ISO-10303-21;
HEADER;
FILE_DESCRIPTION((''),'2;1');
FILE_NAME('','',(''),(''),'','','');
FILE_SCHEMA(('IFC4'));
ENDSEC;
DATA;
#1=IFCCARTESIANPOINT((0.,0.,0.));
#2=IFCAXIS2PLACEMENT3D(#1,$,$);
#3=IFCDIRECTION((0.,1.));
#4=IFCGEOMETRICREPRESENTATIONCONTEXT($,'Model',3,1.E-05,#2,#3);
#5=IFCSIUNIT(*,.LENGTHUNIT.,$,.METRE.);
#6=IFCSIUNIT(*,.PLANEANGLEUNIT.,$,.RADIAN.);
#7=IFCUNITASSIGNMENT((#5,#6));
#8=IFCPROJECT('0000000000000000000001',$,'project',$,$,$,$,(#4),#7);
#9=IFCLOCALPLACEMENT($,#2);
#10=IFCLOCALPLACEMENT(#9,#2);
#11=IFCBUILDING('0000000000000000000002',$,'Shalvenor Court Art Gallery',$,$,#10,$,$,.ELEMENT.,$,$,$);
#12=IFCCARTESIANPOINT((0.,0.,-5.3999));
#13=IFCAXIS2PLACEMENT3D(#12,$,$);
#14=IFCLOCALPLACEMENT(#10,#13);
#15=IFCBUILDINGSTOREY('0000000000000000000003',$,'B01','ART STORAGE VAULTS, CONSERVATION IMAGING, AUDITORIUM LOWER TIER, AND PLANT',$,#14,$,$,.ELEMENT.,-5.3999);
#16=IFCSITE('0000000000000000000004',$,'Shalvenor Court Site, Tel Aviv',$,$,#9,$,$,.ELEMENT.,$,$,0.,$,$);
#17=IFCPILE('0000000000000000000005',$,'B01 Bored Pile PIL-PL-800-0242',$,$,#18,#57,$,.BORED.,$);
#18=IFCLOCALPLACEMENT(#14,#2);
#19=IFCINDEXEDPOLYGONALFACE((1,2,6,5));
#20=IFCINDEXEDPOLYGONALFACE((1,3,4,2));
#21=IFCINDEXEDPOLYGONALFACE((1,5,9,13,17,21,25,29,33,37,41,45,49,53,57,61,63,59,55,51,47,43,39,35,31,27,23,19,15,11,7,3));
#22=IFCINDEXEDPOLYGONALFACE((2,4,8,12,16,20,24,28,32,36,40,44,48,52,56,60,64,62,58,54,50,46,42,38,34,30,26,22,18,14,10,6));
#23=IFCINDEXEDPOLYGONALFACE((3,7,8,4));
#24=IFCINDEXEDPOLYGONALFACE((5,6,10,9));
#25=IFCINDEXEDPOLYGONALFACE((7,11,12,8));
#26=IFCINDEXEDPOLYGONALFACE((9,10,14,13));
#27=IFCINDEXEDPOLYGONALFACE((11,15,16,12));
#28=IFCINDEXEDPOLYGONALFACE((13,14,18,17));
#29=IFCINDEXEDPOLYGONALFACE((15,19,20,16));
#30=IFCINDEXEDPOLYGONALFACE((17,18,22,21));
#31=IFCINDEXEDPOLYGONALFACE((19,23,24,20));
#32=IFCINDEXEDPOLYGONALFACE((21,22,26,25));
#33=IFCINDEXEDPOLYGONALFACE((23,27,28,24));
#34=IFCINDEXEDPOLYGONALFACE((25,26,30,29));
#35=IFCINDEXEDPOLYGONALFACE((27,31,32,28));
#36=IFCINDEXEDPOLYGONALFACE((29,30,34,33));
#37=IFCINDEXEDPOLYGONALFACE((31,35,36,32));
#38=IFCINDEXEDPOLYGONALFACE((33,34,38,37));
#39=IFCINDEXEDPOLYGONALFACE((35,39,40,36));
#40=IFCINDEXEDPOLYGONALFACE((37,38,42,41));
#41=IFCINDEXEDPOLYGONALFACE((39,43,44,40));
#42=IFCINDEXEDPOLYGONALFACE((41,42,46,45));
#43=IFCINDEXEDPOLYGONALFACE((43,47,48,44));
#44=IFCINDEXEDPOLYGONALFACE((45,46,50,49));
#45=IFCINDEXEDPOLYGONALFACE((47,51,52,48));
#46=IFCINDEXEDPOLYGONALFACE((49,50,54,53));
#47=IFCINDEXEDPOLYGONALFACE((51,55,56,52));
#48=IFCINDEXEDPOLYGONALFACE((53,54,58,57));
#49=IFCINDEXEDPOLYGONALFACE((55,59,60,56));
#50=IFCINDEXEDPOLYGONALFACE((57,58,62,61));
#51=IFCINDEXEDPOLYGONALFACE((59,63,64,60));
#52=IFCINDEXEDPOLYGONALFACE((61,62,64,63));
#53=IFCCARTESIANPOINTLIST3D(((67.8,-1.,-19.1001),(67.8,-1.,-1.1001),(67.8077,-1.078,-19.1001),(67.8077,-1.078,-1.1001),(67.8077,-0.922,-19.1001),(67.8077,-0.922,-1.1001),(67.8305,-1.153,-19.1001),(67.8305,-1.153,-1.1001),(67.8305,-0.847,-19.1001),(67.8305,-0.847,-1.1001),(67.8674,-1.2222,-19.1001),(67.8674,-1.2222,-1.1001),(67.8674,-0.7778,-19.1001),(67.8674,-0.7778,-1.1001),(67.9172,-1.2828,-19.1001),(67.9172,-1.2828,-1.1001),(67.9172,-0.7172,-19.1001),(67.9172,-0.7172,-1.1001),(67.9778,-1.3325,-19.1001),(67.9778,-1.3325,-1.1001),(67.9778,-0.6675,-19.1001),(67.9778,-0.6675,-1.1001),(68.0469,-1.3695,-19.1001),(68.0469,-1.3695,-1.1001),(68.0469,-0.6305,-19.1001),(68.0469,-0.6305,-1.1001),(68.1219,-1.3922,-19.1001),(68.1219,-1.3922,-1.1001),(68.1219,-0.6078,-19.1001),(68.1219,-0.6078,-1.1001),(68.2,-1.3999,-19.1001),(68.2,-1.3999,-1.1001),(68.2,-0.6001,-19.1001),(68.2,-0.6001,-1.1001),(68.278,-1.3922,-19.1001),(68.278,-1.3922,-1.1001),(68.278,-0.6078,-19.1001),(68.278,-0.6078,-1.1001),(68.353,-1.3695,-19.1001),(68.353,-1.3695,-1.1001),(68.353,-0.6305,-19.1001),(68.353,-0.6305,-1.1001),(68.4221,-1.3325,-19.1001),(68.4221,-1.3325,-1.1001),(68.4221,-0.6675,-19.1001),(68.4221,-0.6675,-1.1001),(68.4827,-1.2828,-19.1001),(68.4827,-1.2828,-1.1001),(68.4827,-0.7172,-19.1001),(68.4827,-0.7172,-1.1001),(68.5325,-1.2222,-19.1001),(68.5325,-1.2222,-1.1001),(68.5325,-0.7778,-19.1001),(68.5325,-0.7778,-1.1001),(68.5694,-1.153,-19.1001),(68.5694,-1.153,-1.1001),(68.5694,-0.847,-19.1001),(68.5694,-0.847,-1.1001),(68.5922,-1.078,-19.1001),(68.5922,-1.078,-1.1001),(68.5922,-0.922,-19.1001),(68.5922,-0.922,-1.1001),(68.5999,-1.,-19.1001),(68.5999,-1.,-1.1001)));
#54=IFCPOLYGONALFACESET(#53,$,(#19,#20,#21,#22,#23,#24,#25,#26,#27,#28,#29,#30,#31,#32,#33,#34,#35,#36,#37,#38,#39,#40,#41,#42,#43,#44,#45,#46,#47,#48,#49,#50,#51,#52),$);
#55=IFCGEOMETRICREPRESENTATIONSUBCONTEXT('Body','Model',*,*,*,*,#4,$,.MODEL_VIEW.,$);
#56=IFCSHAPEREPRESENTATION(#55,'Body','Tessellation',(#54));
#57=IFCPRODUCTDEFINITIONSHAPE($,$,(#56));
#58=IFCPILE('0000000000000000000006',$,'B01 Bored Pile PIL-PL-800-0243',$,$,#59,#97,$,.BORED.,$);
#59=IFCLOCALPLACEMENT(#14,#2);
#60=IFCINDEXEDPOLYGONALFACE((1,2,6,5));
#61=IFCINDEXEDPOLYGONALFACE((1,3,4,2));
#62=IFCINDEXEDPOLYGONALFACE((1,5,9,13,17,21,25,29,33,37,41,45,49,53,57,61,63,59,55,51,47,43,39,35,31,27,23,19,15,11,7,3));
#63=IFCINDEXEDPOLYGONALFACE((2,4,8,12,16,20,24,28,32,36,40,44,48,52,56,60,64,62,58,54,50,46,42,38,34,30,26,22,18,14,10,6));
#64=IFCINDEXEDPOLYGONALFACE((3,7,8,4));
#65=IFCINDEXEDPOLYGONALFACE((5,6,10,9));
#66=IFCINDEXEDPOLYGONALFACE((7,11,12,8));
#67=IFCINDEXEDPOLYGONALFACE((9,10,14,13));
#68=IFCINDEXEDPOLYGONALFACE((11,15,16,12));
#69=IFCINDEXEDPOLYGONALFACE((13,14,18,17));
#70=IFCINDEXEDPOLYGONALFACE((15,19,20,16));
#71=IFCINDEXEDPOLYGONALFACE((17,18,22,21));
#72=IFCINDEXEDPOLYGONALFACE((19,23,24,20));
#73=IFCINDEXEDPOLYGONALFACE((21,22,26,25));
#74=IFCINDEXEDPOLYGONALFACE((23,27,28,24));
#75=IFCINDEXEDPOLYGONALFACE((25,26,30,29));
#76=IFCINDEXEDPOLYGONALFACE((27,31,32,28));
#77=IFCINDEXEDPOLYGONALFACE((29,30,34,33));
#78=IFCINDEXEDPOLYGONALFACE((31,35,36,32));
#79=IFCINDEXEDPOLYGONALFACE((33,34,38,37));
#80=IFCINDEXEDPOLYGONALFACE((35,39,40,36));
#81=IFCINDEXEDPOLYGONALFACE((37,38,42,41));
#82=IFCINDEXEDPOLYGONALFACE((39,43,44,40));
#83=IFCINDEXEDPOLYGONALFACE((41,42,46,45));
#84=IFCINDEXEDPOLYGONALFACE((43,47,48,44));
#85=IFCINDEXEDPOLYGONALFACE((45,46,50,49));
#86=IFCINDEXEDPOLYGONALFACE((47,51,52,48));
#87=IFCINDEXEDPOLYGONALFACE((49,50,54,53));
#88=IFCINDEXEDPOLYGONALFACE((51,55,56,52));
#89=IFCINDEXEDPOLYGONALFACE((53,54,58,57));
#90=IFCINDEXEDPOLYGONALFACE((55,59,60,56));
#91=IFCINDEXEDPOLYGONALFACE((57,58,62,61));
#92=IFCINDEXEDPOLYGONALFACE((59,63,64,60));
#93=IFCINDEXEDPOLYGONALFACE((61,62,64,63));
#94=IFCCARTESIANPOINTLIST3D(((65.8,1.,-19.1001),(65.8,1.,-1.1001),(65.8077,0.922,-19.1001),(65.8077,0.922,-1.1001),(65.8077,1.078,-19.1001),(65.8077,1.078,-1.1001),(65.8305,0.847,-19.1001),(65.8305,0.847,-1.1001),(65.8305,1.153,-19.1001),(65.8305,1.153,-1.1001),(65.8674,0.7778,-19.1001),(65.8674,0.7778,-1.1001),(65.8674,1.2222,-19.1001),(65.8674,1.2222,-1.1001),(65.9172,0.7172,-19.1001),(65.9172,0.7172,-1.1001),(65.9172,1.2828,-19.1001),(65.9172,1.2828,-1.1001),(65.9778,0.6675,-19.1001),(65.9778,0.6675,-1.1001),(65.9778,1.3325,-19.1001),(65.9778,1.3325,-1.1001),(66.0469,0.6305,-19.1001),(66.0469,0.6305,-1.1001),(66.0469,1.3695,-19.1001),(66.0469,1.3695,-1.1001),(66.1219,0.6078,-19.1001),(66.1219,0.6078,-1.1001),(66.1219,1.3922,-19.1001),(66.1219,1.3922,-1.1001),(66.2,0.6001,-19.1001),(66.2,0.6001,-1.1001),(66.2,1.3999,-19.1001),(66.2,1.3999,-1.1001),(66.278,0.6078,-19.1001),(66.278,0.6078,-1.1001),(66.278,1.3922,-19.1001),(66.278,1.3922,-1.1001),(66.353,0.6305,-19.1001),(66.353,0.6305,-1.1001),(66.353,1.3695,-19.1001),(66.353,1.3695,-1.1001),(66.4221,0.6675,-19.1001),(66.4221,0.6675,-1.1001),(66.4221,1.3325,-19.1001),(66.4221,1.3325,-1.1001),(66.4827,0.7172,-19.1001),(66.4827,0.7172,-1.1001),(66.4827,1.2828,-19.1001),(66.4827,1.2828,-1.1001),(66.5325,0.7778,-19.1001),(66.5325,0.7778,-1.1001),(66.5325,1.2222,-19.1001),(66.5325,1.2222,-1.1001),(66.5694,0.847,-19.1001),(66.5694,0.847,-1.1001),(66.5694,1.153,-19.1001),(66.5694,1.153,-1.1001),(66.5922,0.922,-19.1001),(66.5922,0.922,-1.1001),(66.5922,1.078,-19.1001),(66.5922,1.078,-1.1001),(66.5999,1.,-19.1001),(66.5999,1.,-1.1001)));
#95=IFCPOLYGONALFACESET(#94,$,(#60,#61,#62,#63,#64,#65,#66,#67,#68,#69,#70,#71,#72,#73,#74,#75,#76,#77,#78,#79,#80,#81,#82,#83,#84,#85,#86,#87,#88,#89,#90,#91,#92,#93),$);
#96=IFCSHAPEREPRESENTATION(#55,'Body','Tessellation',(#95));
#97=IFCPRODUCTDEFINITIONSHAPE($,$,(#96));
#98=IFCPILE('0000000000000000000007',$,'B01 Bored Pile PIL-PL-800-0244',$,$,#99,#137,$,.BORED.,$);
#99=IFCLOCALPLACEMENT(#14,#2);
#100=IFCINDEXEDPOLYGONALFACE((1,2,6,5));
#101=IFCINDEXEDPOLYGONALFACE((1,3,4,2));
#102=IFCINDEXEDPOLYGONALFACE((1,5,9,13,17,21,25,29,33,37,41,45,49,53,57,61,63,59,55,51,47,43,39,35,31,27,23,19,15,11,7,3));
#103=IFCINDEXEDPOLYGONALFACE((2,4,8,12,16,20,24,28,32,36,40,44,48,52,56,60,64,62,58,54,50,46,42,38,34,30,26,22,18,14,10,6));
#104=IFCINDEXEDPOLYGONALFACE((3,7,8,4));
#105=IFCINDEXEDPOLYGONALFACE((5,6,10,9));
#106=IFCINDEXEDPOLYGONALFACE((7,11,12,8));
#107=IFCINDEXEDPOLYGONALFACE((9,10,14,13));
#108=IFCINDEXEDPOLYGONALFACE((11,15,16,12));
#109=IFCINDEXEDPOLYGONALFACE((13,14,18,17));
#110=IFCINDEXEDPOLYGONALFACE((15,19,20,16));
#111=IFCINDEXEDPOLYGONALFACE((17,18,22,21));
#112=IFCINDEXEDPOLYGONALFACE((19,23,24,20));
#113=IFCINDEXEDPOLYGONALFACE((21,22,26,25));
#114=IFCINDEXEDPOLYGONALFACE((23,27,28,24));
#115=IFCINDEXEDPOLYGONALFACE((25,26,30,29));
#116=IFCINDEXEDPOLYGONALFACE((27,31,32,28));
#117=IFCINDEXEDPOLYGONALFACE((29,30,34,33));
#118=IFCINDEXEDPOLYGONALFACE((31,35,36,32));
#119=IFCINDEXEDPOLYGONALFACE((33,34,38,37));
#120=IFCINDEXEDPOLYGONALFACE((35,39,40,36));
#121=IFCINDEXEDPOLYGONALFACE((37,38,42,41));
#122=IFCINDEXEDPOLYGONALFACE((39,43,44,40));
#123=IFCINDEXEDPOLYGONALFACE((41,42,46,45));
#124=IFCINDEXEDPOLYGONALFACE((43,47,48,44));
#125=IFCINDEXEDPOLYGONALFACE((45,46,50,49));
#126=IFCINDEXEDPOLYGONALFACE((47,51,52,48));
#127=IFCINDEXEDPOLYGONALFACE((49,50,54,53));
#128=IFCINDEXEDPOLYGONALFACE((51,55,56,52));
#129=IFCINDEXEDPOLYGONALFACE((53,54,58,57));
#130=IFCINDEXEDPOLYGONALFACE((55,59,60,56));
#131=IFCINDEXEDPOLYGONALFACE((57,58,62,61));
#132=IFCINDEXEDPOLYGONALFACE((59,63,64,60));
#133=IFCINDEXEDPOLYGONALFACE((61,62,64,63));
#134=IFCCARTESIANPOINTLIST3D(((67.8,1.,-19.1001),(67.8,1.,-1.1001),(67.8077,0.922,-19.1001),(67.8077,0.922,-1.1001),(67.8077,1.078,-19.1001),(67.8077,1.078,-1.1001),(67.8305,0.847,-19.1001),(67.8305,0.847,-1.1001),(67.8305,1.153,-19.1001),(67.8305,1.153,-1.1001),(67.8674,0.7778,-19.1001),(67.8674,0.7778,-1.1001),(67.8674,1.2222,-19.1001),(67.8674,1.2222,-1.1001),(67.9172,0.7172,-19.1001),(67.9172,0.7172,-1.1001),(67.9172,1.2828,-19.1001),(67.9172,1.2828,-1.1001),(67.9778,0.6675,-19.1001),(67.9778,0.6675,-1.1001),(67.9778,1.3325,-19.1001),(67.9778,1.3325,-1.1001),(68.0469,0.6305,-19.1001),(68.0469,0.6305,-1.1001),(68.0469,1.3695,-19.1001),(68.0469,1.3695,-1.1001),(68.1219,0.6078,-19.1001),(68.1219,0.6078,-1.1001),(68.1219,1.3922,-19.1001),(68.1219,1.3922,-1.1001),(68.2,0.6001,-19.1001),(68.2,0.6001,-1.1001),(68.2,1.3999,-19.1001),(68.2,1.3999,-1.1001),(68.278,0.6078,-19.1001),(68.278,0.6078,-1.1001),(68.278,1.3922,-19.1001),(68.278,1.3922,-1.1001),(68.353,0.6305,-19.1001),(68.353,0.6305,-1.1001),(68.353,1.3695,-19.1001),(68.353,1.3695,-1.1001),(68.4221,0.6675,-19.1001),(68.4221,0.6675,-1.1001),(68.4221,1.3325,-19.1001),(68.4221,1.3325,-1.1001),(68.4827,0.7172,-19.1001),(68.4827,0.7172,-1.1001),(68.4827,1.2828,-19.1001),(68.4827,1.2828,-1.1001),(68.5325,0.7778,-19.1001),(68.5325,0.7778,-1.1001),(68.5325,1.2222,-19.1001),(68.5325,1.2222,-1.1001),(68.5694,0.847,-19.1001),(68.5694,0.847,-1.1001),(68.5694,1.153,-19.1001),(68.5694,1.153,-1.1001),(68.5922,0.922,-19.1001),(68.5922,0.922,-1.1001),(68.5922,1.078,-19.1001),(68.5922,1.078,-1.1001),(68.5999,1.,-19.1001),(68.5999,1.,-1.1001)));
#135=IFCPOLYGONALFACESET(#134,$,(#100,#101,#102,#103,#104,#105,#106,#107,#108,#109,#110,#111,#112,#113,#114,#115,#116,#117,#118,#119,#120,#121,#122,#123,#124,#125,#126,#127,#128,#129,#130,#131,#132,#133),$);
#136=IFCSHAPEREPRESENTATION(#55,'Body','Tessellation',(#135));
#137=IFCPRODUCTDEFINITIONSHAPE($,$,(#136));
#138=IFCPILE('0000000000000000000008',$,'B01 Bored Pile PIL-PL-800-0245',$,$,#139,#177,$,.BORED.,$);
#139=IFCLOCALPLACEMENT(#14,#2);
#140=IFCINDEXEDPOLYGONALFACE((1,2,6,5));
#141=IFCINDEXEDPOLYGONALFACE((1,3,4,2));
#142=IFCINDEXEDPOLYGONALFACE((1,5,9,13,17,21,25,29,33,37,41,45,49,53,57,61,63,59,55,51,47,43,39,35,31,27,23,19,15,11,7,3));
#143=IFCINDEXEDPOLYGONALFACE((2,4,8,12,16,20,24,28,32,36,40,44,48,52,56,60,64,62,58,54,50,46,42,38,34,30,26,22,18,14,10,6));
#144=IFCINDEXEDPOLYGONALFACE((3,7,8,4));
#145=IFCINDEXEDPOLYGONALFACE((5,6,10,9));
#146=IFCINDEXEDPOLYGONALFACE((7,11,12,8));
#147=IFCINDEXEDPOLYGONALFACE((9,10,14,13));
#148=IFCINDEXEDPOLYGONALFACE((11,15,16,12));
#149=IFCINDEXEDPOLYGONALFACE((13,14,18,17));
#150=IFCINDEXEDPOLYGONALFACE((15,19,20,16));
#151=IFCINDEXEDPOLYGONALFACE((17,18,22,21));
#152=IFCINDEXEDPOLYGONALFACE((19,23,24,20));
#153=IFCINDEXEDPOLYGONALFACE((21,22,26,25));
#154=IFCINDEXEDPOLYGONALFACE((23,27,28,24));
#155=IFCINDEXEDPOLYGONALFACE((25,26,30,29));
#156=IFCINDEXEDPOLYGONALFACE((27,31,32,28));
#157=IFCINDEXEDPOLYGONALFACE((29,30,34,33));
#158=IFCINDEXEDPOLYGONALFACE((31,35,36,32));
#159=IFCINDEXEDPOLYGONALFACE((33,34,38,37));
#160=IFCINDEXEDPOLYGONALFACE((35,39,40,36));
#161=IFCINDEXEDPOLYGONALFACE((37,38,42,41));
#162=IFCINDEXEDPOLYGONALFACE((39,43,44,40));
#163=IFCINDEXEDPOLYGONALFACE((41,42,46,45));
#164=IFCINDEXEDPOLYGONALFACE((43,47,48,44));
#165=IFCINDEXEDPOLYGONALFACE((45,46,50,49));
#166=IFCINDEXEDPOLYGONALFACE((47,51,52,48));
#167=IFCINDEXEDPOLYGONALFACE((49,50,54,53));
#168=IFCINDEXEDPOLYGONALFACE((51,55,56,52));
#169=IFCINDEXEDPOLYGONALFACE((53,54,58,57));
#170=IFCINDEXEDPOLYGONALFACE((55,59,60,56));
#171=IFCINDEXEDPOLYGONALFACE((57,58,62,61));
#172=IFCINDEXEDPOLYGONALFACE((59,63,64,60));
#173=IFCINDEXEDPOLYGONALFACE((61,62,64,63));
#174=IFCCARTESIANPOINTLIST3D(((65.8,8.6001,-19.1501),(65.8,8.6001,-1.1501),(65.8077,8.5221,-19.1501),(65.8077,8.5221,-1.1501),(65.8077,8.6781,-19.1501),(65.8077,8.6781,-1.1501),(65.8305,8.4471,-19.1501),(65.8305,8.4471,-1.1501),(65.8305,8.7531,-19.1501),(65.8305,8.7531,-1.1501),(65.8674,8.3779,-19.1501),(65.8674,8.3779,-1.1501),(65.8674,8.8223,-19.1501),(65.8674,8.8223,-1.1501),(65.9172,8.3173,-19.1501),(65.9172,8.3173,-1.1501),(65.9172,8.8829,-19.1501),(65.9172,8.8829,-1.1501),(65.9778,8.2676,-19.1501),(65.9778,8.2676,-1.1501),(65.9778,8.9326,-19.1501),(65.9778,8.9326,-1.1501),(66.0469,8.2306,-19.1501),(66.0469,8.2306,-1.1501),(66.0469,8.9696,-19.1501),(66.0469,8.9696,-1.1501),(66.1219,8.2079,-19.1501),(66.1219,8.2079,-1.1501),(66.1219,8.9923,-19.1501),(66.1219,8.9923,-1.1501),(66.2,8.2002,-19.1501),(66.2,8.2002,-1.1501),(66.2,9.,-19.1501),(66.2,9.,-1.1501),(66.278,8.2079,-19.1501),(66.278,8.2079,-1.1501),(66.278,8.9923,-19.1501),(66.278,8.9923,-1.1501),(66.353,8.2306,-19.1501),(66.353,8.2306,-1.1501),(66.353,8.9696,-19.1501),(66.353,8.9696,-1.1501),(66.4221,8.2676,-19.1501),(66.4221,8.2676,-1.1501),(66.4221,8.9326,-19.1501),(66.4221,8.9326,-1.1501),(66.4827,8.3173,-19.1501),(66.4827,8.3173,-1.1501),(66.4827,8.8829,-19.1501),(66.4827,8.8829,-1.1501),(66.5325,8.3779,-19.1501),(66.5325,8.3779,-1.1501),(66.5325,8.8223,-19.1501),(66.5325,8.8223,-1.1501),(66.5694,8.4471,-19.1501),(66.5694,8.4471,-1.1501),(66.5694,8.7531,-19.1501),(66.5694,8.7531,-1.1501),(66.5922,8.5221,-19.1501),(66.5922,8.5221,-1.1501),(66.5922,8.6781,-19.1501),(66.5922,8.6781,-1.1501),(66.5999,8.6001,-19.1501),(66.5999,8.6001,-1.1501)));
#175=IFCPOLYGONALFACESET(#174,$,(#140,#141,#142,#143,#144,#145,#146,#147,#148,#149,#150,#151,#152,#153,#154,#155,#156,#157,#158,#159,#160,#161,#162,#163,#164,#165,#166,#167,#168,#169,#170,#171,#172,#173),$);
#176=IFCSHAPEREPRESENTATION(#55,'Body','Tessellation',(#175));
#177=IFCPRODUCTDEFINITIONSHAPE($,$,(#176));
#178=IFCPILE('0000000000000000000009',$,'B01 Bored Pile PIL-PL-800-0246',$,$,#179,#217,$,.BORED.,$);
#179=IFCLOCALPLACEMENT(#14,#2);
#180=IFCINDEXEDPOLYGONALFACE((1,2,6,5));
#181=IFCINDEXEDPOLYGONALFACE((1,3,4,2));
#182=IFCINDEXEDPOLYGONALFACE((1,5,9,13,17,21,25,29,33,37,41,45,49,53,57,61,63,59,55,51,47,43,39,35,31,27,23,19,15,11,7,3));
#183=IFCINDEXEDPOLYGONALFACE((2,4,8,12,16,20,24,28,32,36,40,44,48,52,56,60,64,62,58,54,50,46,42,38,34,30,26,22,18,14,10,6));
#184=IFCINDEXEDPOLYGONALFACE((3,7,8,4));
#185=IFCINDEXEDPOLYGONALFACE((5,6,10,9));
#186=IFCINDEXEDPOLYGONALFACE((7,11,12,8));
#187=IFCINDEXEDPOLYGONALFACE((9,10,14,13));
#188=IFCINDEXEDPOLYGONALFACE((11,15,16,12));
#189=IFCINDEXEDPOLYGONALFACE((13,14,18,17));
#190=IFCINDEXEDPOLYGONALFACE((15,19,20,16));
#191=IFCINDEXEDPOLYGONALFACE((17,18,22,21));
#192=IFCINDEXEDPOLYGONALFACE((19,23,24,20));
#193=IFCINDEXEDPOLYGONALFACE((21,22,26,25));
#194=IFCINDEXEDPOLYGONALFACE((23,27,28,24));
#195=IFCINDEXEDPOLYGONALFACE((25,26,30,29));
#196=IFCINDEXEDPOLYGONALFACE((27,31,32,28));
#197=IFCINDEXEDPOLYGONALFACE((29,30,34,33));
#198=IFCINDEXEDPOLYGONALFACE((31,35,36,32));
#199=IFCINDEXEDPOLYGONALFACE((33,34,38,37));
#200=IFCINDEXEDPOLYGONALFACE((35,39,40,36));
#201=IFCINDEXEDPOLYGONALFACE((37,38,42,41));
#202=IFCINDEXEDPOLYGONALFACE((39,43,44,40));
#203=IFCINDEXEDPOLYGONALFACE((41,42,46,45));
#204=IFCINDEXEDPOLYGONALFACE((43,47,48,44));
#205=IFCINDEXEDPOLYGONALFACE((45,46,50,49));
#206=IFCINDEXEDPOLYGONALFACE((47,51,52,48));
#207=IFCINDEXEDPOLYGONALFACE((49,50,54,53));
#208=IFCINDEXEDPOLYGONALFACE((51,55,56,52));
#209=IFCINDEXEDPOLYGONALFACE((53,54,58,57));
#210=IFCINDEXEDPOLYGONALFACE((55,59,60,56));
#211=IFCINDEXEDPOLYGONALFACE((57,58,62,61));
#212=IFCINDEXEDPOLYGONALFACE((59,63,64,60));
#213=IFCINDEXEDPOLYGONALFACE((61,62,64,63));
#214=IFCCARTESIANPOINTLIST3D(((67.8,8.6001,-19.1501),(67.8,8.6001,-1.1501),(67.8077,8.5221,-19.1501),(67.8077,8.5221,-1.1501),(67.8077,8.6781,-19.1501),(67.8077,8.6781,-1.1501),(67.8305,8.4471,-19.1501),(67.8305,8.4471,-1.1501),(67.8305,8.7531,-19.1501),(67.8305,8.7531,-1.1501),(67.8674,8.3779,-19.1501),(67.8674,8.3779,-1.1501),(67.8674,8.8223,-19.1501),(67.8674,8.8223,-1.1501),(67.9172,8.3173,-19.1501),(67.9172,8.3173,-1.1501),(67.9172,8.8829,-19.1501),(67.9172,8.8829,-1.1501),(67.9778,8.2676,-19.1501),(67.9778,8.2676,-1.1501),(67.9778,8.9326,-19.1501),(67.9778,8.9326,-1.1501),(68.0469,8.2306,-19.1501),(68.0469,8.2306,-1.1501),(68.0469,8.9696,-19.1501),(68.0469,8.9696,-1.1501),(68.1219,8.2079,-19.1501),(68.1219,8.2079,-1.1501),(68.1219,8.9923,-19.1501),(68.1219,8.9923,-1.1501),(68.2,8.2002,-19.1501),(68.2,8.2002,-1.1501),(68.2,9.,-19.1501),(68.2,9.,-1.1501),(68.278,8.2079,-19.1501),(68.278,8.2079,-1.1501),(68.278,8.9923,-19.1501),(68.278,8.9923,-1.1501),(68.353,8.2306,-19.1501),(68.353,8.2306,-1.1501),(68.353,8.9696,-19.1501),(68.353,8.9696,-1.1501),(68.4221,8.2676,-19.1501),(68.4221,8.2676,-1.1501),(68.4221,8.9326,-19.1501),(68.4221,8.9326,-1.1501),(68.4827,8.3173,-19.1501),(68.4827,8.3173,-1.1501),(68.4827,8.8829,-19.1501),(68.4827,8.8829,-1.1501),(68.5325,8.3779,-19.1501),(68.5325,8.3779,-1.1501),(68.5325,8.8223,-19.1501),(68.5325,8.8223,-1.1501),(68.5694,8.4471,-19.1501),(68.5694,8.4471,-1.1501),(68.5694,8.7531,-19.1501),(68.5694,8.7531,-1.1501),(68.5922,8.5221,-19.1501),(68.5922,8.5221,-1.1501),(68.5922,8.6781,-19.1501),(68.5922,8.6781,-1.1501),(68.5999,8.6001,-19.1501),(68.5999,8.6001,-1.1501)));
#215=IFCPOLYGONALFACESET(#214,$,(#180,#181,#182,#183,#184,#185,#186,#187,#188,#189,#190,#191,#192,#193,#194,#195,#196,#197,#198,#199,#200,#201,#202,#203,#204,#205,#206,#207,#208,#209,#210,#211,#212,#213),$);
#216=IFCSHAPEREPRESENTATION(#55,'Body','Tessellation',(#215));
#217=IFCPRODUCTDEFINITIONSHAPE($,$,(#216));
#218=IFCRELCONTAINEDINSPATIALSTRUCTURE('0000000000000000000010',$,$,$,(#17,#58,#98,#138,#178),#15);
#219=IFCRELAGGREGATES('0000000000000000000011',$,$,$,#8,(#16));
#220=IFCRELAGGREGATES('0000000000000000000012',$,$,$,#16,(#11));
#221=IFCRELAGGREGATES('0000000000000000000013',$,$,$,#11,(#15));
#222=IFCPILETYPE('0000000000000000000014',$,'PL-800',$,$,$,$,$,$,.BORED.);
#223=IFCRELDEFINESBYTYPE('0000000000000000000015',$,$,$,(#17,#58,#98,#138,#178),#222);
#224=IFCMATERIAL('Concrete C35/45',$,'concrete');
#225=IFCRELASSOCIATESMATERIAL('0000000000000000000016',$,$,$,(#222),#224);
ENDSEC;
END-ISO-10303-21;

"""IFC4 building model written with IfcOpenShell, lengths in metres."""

from ifc_helpers import new_model, si_unit, direction, frame, origin, origin_2d, place, context, subcontext, project, spatial, circle, extrude, material, material_profile, profile_set, type_object, element, save


model = new_model("IFC4")

# Units and contexts
model_context = context("Model", 3, precision=1e-05, world=origin(), true_north=direction((0.0, 1.0)))
body_context = subcontext(model_context, "Body", "Model", "MODEL_VIEW")
ifc_project = project(units=[si_unit("LENGTHUNIT", "METRE"), si_unit("PLANEANGLEUNIT", "RADIAN")], contexts=[model_context])

# Site, building, storey
site_placement = place(None, origin())
site = spatial("IfcSite", under=ifc_project, at=site_placement, Name="Shalvenor Court Site, Tel Aviv", CompositionType="ELEMENT", RefElevation=0.0)
building_placement = place(site_placement, origin())
building = spatial("IfcBuilding", under=site, at=building_placement, Name="Shalvenor Court Art Gallery", CompositionType="ELEMENT")
storey_placement = place(building_placement, frame((0.0, 0.0, -5.3999)))
storey = spatial("IfcBuildingStorey", under=building, at=storey_placement, Name="B01", Description="ART STORAGE VAULTS, CONSERVATION IMAGING, AUDITORIUM LOWER TIER, AND PLANT", CompositionType="ELEMENT", Elevation=-5.3999)

# Piles
ifc_material_1 = material(Name="Concrete C35/45", Category="concrete")
ifc_material_profile_1 = material_profile(ifc_material_1, circle(Radius=0.3999, at=origin_2d()), Name="PILE 800")
ifc_profile_set_1 = profile_set([ifc_material_profile_1], Name="Concrete C35/45")
pile_type_1 = type_object("IfcPileType", Name="PL-800", PredefinedType="BORED", material=ifc_profile_set_1)
for number, where, z_axis, x_axis, name in (
    (1, (68.2, -1.0, -1.1001), (0.0, 0.0, -1.0), (1.0, 0.0, 0.0), "B01 Bored Pile PIL-PL-800-0242"),
    (2, (66.2, 1.0, -1.1001), (0.0, 0.0, -1.0), (1.0, 0.0, 0.0), "B01 Bored Pile PIL-PL-800-0243"),
    (3, (68.2, 1.0, -1.1001), (0.0, 0.0, -1.0), (1.0, 0.0, 0.0), "B01 Bored Pile PIL-PL-800-0244"),
    (4, (66.2, 8.6001, -1.1501), (0.0, 0.0, -1.0), (1.0, 0.0, 0.0), "B01 Bored Pile PIL-PL-800-0245"),
    (5, (68.2, 8.6001, -1.1501), (0.0, 0.0, -1.0), (1.0, 0.0, 0.0), "B01 Bored Pile PIL-PL-800-0246"),
):
    element("IfcPile", number, at=place(storey_placement, frame(where, z_axis=z_axis, x_axis=x_axis)), inside=storey, type_object=pile_type_1, Name=name, PredefinedType="BORED", context=body_context, shape_type="SweptSolid", body=[
        extrude(circle(Radius=0.3999, at=origin_2d()), origin(), (0.0, 0.0, 1.0), 18.0),
    ])

save(model, "model.ifc")
